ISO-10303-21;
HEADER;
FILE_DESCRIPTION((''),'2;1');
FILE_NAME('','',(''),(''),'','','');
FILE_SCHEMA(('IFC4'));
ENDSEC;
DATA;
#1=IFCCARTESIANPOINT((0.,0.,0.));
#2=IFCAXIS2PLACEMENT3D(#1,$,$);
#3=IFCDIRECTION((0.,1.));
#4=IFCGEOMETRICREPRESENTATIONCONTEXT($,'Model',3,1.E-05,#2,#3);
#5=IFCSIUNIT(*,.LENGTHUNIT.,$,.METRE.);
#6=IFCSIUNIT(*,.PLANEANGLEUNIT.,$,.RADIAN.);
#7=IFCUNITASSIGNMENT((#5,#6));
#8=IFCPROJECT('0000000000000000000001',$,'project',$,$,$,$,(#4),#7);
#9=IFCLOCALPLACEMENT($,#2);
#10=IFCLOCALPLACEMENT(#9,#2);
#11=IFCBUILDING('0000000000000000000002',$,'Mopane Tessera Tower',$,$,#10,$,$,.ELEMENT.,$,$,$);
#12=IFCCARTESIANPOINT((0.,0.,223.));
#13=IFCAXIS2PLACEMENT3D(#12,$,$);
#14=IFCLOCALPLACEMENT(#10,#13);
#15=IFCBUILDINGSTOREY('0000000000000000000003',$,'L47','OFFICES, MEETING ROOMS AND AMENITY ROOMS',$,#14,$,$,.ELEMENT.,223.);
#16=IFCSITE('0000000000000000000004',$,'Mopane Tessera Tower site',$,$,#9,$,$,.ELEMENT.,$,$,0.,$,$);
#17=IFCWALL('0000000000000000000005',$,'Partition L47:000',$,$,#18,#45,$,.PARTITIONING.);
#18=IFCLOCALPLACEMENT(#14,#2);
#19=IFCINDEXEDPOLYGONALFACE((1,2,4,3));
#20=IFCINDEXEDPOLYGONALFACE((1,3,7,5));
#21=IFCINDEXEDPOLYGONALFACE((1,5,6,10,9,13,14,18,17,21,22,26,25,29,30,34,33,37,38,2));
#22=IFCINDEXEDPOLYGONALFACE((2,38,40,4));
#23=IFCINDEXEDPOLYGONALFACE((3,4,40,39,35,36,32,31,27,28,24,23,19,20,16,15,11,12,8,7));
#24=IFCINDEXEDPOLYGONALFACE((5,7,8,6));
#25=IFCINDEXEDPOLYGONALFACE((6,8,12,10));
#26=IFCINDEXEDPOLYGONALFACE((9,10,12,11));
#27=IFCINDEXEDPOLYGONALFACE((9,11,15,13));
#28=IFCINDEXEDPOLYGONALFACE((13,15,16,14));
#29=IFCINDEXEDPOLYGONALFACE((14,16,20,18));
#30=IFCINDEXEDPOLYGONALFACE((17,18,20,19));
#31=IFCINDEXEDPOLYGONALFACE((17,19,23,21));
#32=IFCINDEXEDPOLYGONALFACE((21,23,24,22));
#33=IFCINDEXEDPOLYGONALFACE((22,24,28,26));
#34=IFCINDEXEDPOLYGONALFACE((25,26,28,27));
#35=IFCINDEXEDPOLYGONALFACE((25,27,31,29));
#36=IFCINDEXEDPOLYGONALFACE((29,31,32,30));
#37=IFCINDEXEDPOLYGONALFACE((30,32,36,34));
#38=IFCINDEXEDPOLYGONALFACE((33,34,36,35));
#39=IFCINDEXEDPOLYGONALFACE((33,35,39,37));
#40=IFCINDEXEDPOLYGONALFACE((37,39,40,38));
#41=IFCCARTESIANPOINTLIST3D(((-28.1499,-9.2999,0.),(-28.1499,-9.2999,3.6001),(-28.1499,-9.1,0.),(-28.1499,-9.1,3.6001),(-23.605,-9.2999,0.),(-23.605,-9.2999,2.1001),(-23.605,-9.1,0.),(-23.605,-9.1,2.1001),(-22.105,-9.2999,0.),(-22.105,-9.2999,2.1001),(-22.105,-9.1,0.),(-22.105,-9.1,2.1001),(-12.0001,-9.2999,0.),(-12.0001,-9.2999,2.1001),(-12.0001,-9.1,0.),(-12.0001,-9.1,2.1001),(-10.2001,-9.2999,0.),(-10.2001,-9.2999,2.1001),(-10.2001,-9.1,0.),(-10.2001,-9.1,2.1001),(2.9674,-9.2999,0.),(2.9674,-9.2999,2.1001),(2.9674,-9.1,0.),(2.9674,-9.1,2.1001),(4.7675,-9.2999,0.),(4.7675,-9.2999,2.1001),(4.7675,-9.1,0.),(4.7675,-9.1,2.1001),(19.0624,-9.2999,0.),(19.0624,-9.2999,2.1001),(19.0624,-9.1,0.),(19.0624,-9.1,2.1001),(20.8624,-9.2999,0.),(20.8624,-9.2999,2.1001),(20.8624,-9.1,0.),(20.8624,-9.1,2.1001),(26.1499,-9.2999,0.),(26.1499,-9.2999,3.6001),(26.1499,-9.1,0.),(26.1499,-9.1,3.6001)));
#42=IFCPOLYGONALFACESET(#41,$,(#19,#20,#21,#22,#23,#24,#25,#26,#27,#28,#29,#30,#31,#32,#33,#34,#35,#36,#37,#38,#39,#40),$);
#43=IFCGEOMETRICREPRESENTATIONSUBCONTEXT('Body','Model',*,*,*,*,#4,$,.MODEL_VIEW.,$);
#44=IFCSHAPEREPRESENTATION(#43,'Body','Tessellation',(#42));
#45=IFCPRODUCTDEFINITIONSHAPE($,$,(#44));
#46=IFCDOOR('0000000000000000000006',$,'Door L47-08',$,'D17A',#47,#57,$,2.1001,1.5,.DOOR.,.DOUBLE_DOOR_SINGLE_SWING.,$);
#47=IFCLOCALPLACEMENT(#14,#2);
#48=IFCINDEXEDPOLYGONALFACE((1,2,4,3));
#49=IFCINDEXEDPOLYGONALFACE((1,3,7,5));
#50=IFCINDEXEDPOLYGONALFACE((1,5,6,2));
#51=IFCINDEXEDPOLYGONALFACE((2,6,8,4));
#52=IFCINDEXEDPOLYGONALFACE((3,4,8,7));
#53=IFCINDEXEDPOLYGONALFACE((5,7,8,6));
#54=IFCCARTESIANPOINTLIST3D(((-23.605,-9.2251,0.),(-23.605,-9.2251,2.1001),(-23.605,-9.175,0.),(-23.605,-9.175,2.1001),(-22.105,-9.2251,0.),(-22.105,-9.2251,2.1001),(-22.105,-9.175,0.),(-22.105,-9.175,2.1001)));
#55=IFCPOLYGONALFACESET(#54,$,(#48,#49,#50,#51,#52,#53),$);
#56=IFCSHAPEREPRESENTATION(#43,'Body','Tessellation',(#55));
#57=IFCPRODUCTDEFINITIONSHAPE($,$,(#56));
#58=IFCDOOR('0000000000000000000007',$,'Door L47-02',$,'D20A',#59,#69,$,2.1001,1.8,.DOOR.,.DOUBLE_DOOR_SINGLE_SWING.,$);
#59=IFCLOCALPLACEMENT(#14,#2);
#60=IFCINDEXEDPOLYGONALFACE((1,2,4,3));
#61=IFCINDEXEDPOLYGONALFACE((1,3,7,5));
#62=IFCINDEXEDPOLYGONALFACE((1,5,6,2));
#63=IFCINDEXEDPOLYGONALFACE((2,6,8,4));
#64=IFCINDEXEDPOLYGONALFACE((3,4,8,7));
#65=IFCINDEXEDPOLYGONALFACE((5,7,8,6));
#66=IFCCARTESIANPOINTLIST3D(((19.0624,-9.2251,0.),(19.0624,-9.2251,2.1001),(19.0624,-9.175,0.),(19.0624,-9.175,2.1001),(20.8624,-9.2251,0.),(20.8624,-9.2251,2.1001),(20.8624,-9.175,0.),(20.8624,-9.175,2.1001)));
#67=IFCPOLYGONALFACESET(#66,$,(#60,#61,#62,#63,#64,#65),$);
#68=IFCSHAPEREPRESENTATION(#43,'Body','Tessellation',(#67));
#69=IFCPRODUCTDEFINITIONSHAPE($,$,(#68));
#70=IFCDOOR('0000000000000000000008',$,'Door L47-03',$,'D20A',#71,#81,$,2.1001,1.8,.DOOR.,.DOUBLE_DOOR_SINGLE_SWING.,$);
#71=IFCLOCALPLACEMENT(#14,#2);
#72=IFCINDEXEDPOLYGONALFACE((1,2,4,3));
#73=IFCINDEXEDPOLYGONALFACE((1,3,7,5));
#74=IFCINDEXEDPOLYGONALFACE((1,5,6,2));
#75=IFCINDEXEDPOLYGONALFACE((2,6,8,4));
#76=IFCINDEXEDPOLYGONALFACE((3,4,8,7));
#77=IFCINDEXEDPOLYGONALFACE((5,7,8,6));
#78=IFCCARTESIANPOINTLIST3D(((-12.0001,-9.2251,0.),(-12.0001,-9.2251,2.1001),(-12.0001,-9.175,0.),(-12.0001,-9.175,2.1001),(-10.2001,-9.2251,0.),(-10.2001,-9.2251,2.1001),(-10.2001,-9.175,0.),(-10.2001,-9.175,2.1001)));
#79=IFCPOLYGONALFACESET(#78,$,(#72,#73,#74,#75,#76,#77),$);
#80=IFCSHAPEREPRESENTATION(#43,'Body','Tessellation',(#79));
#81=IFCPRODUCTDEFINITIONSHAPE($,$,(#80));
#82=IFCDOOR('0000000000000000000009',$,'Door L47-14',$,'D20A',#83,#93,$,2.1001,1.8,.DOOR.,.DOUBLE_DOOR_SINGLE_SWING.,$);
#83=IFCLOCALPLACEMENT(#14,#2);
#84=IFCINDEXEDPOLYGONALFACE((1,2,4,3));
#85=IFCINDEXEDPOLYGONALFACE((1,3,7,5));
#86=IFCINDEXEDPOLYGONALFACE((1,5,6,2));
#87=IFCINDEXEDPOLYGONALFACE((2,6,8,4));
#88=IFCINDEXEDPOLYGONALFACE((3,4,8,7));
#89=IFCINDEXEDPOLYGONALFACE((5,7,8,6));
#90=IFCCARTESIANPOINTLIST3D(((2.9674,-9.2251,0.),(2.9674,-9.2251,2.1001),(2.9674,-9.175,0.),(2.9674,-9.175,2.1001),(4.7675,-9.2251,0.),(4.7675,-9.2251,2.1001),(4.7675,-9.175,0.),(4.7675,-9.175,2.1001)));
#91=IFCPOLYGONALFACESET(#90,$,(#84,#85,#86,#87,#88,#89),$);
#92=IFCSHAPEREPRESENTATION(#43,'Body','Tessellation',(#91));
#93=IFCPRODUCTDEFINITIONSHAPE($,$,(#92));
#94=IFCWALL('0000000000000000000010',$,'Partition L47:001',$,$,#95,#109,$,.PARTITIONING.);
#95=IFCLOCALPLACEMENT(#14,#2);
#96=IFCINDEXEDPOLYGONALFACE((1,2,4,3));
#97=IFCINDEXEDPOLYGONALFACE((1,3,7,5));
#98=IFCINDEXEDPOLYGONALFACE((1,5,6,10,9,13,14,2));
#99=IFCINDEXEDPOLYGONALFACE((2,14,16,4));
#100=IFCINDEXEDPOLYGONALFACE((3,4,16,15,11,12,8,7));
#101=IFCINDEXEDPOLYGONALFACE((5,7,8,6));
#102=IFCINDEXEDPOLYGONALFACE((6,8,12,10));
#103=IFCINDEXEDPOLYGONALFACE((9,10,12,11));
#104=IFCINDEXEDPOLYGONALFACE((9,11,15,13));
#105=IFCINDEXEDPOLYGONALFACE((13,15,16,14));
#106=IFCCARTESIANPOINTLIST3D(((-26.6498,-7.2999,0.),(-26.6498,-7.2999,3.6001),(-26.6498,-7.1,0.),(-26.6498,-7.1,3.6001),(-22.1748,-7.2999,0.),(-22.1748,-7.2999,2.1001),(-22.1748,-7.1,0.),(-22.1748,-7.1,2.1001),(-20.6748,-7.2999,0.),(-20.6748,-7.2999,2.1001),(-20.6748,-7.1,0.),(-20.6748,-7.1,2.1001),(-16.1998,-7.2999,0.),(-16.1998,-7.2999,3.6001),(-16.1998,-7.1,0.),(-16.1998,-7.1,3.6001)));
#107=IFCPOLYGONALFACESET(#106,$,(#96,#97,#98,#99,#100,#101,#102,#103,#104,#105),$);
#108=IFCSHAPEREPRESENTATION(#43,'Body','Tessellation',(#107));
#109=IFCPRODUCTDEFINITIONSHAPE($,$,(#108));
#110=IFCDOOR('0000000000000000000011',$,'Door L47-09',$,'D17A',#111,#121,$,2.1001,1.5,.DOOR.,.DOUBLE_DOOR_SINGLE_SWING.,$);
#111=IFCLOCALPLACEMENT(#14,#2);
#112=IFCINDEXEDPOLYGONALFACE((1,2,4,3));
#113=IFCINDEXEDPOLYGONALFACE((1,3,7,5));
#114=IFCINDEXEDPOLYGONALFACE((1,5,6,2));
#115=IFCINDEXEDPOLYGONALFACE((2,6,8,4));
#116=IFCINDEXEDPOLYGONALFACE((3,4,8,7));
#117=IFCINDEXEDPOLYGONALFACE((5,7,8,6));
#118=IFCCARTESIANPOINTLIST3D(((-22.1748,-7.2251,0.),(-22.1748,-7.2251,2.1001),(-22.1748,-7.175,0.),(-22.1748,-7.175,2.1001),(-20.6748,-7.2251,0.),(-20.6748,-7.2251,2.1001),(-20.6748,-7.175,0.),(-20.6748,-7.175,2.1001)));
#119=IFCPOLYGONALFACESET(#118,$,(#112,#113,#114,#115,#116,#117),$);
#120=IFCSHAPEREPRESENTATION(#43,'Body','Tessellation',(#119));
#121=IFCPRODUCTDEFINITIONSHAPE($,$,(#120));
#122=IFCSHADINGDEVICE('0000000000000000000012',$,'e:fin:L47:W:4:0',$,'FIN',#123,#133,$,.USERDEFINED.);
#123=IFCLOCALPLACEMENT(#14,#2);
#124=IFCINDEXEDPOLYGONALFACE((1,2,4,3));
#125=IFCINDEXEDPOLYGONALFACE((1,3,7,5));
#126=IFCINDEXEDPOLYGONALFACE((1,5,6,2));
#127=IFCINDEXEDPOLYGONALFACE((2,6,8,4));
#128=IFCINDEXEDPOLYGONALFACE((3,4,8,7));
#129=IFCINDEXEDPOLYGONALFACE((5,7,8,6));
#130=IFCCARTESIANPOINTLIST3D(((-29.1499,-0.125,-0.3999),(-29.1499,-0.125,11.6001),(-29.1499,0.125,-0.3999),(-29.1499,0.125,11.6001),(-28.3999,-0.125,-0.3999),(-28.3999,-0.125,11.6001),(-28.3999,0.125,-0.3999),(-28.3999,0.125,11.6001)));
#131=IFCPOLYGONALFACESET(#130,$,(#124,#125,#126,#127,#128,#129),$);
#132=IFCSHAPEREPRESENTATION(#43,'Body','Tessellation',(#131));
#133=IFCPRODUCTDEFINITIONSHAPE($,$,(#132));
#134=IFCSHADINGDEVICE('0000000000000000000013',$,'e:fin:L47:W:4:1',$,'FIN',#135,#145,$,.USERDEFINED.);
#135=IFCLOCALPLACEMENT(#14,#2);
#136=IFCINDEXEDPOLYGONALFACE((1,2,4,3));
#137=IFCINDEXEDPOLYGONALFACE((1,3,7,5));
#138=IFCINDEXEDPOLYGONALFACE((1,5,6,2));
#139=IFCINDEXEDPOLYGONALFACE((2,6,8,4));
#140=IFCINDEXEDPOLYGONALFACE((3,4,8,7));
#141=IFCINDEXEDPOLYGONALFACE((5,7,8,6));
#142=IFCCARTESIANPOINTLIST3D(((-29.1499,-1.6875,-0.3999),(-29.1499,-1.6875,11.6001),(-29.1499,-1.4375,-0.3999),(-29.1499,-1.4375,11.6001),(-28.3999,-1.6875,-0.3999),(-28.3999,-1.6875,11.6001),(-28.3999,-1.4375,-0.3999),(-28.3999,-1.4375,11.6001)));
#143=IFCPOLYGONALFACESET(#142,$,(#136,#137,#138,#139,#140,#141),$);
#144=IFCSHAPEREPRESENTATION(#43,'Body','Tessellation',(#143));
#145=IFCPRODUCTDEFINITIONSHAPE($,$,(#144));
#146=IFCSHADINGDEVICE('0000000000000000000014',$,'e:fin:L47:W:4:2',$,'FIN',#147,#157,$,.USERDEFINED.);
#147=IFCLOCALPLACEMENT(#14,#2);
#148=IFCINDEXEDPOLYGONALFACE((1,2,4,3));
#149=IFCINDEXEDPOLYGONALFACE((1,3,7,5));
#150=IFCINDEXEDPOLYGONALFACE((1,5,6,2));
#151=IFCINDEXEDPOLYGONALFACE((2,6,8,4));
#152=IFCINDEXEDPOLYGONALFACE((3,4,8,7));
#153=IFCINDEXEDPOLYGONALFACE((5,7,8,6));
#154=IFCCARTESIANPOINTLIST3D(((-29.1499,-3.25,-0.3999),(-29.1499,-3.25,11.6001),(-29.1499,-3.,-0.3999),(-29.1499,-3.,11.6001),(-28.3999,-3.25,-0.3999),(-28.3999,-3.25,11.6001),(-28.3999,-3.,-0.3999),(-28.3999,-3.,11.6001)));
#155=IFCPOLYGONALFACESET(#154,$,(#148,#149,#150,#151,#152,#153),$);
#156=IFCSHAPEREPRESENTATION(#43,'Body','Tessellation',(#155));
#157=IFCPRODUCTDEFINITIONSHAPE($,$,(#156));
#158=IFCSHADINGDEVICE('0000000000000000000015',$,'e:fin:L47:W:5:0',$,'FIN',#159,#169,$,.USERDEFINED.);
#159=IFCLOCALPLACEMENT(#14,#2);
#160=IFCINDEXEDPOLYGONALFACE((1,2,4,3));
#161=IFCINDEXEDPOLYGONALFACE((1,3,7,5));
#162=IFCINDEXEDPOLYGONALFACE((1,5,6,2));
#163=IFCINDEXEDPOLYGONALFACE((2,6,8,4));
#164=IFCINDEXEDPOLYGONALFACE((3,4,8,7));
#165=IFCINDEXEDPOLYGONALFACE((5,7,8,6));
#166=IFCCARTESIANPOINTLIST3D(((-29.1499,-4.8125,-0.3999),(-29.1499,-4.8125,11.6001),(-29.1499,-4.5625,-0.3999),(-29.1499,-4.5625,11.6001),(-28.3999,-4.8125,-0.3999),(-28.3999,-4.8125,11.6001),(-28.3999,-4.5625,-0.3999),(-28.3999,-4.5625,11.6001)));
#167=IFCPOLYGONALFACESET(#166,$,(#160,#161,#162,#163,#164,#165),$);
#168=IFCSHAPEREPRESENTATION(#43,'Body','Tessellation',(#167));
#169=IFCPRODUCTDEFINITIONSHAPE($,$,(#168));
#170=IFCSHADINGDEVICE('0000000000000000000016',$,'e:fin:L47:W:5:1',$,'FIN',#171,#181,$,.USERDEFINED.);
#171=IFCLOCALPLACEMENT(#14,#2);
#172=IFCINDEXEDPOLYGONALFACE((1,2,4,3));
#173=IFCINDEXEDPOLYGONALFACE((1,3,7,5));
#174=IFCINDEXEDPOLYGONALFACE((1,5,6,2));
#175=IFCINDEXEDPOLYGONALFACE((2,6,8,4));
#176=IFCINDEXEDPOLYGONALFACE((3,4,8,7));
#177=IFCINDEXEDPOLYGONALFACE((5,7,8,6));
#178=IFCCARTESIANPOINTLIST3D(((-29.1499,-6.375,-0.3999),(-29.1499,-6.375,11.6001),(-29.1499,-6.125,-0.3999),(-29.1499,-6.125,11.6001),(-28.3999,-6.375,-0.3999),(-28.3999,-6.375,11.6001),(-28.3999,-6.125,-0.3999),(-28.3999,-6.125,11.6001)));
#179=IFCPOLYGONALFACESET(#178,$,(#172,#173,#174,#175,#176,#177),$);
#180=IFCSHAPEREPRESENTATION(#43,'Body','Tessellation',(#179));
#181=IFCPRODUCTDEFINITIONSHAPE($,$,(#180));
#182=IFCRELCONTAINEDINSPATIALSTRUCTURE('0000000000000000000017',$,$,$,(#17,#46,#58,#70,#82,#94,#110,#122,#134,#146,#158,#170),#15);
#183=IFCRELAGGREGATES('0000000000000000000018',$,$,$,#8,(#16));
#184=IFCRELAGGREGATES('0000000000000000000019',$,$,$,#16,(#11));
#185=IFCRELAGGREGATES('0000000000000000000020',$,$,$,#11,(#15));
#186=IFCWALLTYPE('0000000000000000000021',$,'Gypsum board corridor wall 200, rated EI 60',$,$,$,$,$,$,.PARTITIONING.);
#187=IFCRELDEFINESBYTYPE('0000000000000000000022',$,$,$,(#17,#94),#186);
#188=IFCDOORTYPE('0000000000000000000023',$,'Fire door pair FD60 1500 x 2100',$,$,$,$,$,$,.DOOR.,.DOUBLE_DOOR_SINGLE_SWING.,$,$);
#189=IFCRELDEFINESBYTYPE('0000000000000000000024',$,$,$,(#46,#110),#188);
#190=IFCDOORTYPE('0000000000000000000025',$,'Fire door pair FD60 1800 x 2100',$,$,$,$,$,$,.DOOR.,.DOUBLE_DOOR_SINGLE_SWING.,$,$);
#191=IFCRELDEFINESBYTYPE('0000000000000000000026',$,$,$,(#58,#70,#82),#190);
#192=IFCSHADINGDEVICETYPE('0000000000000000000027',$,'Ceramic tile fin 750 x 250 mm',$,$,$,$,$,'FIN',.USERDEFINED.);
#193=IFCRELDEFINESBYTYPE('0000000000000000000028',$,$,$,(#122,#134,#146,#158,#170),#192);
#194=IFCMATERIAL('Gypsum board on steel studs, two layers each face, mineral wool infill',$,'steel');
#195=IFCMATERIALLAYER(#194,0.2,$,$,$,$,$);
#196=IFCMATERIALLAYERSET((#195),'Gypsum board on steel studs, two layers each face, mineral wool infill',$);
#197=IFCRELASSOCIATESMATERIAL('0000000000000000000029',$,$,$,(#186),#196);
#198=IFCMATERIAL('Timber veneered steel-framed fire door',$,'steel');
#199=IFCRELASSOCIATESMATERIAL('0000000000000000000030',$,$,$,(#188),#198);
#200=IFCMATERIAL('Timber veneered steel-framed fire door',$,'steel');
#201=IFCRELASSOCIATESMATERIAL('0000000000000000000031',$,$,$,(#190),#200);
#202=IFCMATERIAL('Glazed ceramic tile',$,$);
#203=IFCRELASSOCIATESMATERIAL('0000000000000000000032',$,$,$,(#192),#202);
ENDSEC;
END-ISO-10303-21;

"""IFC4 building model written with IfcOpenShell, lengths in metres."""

from ifc_helpers import new_model, si_unit, direction, frame, frame_2d, origin, origin_2d, place, context, subcontext, project, spatial, rectangle, extrude, material, layer, layer_set, type_object, element, fill, save


model = new_model("IFC4")

# Units and contexts
model_context = context("Model", 3, precision=1e-05, world=origin(), true_north=direction((0.0, 1.0)))
body_context = subcontext(model_context, "Body", "Model", "MODEL_VIEW")
ifc_project = project(units=[si_unit("LENGTHUNIT", "METRE"), si_unit("PLANEANGLEUNIT", "RADIAN")], contexts=[model_context])

# Site, building, storey
site_placement = place(None, origin())
site = spatial("IfcSite", under=ifc_project, at=site_placement, Name="Mopane Tessera Tower site", CompositionType="ELEMENT", RefElevation=0.0)
building_placement = place(site_placement, origin())
building = spatial("IfcBuilding", under=site, at=building_placement, Name="Mopane Tessera Tower", CompositionType="ELEMENT")
storey_placement = place(building_placement, frame((0.0, 0.0, 223.0)))
storey = spatial("IfcBuildingStorey", under=building, at=storey_placement, Name="L47", Description="OFFICES, MEETING ROOMS AND AMENITY ROOMS", CompositionType="ELEMENT", Elevation=223.0)

# Wall, openings, doors
ifc_material_1 = material(Name="Gypsum board on steel studs, two layers each face, mineral wool infill", Category="steel")
ifc_layer_1 = layer(ifc_material_1, 0.2)
ifc_layer_set_1 = layer_set([ifc_layer_1], Name="Gypsum board on steel studs, two layers each face, mineral wool infill")
wall_type = type_object("IfcWallType", Name="Gypsum board corridor wall 200, rated EI 60", PredefinedType="PARTITIONING", material=ifc_layer_set_1)
wall_1_placement = place(storey_placement, frame((-28.1499, -9.2, 0.0), z_axis=(0.0, 0.0, 1.0), x_axis=(1.0, 0.0, 0.0)))
wall_1 = element("IfcWall", 1, at=wall_1_placement, inside=storey, type_object=wall_type, Name="Partition L47:000", PredefinedType="PARTITIONING", context=body_context, shape_type="SweptSolid", body=[
    extrude(rectangle(XDim=54.2998, YDim=0.2, at=frame_2d((27.1499, 0.0))), origin(), (0.0, 0.0, 1.0), 3.6001),
])
opening_1_placement = place(wall_1_placement, frame((47.2124, 0.0, 0.0)))
opening_1 = element("IfcOpeningElement", 2, at=opening_1_placement, cuts=wall_1, PredefinedType="OPENING", context=body_context, shape_type="SweptSolid", body=[
    extrude(rectangle(XDim=1.8, YDim=2.1001, at=frame_2d((0.8999, 1.05))), frame((0.0, 0.1121, 0.0), z_axis=(0.0, -1.0, 0.0), x_axis=(1.0, 0.0, 0.0)), (0.0, 0.0, 1.0), 0.2239),
])
opening_2_placement = place(wall_1_placement, frame((16.1499, 0.0, 0.0)))
opening_2 = element("IfcOpeningElement", 3, at=opening_2_placement, cuts=wall_1, PredefinedType="OPENING", context=body_context, shape_type="SweptSolid", body=[
    extrude(rectangle(XDim=1.8, YDim=2.1001, at=frame_2d((0.8999, 1.05))), frame((0.0, 0.1121, 0.0), z_axis=(0.0, -1.0, 0.0), x_axis=(1.0, 0.0, 0.0)), (0.0, 0.0, 1.0), 0.2239),
])
opening_3_placement = place(wall_1_placement, frame((4.5449, 0.0, 0.0)))
opening_3 = element("IfcOpeningElement", 4, at=opening_3_placement, cuts=wall_1, PredefinedType="OPENING", context=body_context, shape_type="SweptSolid", body=[
    extrude(rectangle(XDim=1.5, YDim=2.1001, at=frame_2d((0.75, 1.05))), frame((0.0, 0.1121, 0.0), z_axis=(0.0, -1.0, 0.0), x_axis=(1.0, 0.0, 0.0)), (0.0, 0.0, 1.0), 0.2239),
])
opening_4_placement = place(wall_1_placement, frame((31.1174, 0.0, 0.0)))
opening_4 = element("IfcOpeningElement", 5, at=opening_4_placement, cuts=wall_1, PredefinedType="OPENING", context=body_context, shape_type="SweptSolid", body=[
    extrude(rectangle(XDim=1.8, YDim=2.1001, at=frame_2d((0.8999, 1.05))), frame((0.0, 0.1121, 0.0), z_axis=(0.0, -1.0, 0.0), x_axis=(1.0, 0.0, 0.0)), (0.0, 0.0, 1.0), 0.2239),
])
ifc_material_2 = material(Name="Timber veneered steel-framed fire door", Category="steel")
door_type_1 = type_object("IfcDoorType", Name="Fire door pair FD60 1500 x 2100", OperationType="DOUBLE_DOOR_SINGLE_SWING", PredefinedType="DOOR", material=ifc_material_2)
door_1_placement = place(opening_3_placement, origin())
door_1 = element("IfcDoor", 6, at=door_1_placement, inside=storey, type_object=door_type_1, Name="Door L47-08", ObjectType="D17A", OperationType="DOUBLE_DOOR_SINGLE_SWING", OverallHeight=2.1001, OverallWidth=1.5, PredefinedType="DOOR", context=body_context, shape_type="SweptSolid", body=[
    extrude(rectangle(XDim=1.5, YDim=2.1001, at=frame_2d((0.75, 1.05))), frame((0.0, 0.0249, 0.0), z_axis=(0.0, -1.0, 0.0), x_axis=(1.0, 0.0, 0.0)), (0.0, 0.0, 1.0), 0.05),
])
fill(opening_3, door_1)
ifc_material_3 = material(Name="Timber veneered steel-framed fire door", Category="steel")
door_type_2 = type_object("IfcDoorType", Name="Fire door pair FD60 1800 x 2100", OperationType="DOUBLE_DOOR_SINGLE_SWING", PredefinedType="DOOR", material=ifc_material_3)
door_2_placement = place(opening_1_placement, origin())
door_2 = element("IfcDoor", 7, at=door_2_placement, inside=storey, type_object=door_type_2, Name="Door L47-02", ObjectType="D20A", OperationType="DOUBLE_DOOR_SINGLE_SWING", OverallHeight=2.1001, OverallWidth=1.8, PredefinedType="DOOR", context=body_context, shape_type="SweptSolid", body=[
    extrude(rectangle(XDim=1.8, YDim=2.1001, at=frame_2d((0.8999, 1.05))), frame((0.0, 0.0249, 0.0), z_axis=(0.0, -1.0, 0.0), x_axis=(1.0, 0.0, 0.0)), (0.0, 0.0, 1.0), 0.05),
])
fill(opening_1, door_2)
door_3_placement = place(opening_2_placement, origin())
door_3 = element("IfcDoor", 8, at=door_3_placement, inside=storey, type_object=door_type_2, Name="Door L47-03", ObjectType="D20A", OperationType="DOUBLE_DOOR_SINGLE_SWING", OverallHeight=2.1001, OverallWidth=1.8, PredefinedType="DOOR", context=body_context, shape_type="SweptSolid", body=[
    extrude(rectangle(XDim=1.8, YDim=2.1001, at=frame_2d((0.8999, 1.05))), frame((0.0, 0.0249, 0.0), z_axis=(0.0, -1.0, 0.0), x_axis=(1.0, 0.0, 0.0)), (0.0, 0.0, 1.0), 0.05),
])
fill(opening_2, door_3)
door_4_placement = place(opening_4_placement, origin())
door_4 = element("IfcDoor", 9, at=door_4_placement, inside=storey, type_object=door_type_2, Name="Door L47-14", ObjectType="D20A", OperationType="DOUBLE_DOOR_SINGLE_SWING", OverallHeight=2.1001, OverallWidth=1.8, PredefinedType="DOOR", context=body_context, shape_type="SweptSolid", body=[
    extrude(rectangle(XDim=1.8, YDim=2.1001, at=frame_2d((0.8999, 1.05))), frame((0.0, 0.0249, 0.0), z_axis=(0.0, -1.0, 0.0), x_axis=(1.0, 0.0, 0.0)), (0.0, 0.0, 1.0), 0.05),
])
fill(opening_4, door_4)

# Wall, opening, door
wall_2_placement = place(storey_placement, frame((-26.6499, -7.2, 0.0), z_axis=(0.0, 0.0, 1.0), x_axis=(1.0, 0.0, 0.0)))
wall_2 = element("IfcWall", 10, at=wall_2_placement, inside=storey, type_object=wall_type, Name="Partition L47:001", PredefinedType="PARTITIONING", context=body_context, shape_type="SweptSolid", body=[
    extrude(rectangle(XDim=10.45, YDim=0.2, at=frame_2d((5.2251, 0.0))), origin(), (0.0, 0.0, 1.0), 3.6001),
])
opening_5_placement = place(wall_2_placement, frame((4.4751, 0.0, 0.0)))
opening_5 = element("IfcOpeningElement", 11, at=opening_5_placement, cuts=wall_2, PredefinedType="OPENING", context=body_context, shape_type="SweptSolid", body=[
    extrude(rectangle(XDim=1.5, YDim=2.1001, at=frame_2d((0.75, 1.05))), frame((0.0, 0.1121, 0.0), z_axis=(0.0, -1.0, 0.0), x_axis=(1.0, 0.0, 0.0)), (0.0, 0.0, 1.0), 0.2239),
])
door_5_placement = place(opening_5_placement, origin())
door_5 = element("IfcDoor", 12, at=door_5_placement, inside=storey, type_object=door_type_1, Name="Door L47-09", ObjectType="D17A", OperationType="DOUBLE_DOOR_SINGLE_SWING", OverallHeight=2.1001, OverallWidth=1.5, PredefinedType="DOOR", context=body_context, shape_type="SweptSolid", body=[
    extrude(rectangle(XDim=1.5, YDim=2.1001, at=frame_2d((0.75, 1.05))), frame((0.0, 0.0249, 0.0), z_axis=(0.0, -1.0, 0.0), x_axis=(1.0, 0.0, 0.0)), (0.0, 0.0, 1.0), 0.05),
])
fill(opening_5, door_5)

# Shading devices
ifc_material_4 = material(Name="Glazed ceramic tile")
shading_device_type = type_object("IfcShadingDeviceType", Name="Ceramic tile fin 750 x 250 mm", ElementType="FIN", PredefinedType="USERDEFINED", material=ifc_material_4)
for number, where, z_axis, x_axis, name in (
    (13, (-28.7749, 0.0, -0.3999), (0.0, 0.0, 1.0), (0.0, -1.0, 0.0), "e:fin:L47:W:4:0"),
    (14, (-28.7749, -1.5625, -0.3999), (0.0, 0.0, 1.0), (0.0, -1.0, 0.0), "e:fin:L47:W:4:1"),
    (15, (-28.7749, -3.125, -0.3999), (0.0, 0.0, 1.0), (0.0, -1.0, 0.0), "e:fin:L47:W:4:2"),
    (16, (-28.7749, -4.6875, -0.3999), (0.0, 0.0, 1.0), (0.0, -1.0, 0.0), "e:fin:L47:W:5:0"),
    (17, (-28.7749, -6.25, -0.3999), (0.0, 0.0, 1.0), (0.0, -1.0, 0.0), "e:fin:L47:W:5:1"),
):
    element("IfcShadingDevice", number, at=place(storey_placement, frame(where, z_axis=z_axis, x_axis=x_axis)), inside=storey, type_object=shading_device_type, Name=name, ObjectType="FIN", PredefinedType="USERDEFINED", context=body_context, shape_type="SweptSolid", body=[
        extrude(rectangle(XDim=0.25, YDim=0.75, at=origin_2d()), origin(), (0.0, 0.0, 1.0), 12.0),
    ])

save(model, "model.ifc")
